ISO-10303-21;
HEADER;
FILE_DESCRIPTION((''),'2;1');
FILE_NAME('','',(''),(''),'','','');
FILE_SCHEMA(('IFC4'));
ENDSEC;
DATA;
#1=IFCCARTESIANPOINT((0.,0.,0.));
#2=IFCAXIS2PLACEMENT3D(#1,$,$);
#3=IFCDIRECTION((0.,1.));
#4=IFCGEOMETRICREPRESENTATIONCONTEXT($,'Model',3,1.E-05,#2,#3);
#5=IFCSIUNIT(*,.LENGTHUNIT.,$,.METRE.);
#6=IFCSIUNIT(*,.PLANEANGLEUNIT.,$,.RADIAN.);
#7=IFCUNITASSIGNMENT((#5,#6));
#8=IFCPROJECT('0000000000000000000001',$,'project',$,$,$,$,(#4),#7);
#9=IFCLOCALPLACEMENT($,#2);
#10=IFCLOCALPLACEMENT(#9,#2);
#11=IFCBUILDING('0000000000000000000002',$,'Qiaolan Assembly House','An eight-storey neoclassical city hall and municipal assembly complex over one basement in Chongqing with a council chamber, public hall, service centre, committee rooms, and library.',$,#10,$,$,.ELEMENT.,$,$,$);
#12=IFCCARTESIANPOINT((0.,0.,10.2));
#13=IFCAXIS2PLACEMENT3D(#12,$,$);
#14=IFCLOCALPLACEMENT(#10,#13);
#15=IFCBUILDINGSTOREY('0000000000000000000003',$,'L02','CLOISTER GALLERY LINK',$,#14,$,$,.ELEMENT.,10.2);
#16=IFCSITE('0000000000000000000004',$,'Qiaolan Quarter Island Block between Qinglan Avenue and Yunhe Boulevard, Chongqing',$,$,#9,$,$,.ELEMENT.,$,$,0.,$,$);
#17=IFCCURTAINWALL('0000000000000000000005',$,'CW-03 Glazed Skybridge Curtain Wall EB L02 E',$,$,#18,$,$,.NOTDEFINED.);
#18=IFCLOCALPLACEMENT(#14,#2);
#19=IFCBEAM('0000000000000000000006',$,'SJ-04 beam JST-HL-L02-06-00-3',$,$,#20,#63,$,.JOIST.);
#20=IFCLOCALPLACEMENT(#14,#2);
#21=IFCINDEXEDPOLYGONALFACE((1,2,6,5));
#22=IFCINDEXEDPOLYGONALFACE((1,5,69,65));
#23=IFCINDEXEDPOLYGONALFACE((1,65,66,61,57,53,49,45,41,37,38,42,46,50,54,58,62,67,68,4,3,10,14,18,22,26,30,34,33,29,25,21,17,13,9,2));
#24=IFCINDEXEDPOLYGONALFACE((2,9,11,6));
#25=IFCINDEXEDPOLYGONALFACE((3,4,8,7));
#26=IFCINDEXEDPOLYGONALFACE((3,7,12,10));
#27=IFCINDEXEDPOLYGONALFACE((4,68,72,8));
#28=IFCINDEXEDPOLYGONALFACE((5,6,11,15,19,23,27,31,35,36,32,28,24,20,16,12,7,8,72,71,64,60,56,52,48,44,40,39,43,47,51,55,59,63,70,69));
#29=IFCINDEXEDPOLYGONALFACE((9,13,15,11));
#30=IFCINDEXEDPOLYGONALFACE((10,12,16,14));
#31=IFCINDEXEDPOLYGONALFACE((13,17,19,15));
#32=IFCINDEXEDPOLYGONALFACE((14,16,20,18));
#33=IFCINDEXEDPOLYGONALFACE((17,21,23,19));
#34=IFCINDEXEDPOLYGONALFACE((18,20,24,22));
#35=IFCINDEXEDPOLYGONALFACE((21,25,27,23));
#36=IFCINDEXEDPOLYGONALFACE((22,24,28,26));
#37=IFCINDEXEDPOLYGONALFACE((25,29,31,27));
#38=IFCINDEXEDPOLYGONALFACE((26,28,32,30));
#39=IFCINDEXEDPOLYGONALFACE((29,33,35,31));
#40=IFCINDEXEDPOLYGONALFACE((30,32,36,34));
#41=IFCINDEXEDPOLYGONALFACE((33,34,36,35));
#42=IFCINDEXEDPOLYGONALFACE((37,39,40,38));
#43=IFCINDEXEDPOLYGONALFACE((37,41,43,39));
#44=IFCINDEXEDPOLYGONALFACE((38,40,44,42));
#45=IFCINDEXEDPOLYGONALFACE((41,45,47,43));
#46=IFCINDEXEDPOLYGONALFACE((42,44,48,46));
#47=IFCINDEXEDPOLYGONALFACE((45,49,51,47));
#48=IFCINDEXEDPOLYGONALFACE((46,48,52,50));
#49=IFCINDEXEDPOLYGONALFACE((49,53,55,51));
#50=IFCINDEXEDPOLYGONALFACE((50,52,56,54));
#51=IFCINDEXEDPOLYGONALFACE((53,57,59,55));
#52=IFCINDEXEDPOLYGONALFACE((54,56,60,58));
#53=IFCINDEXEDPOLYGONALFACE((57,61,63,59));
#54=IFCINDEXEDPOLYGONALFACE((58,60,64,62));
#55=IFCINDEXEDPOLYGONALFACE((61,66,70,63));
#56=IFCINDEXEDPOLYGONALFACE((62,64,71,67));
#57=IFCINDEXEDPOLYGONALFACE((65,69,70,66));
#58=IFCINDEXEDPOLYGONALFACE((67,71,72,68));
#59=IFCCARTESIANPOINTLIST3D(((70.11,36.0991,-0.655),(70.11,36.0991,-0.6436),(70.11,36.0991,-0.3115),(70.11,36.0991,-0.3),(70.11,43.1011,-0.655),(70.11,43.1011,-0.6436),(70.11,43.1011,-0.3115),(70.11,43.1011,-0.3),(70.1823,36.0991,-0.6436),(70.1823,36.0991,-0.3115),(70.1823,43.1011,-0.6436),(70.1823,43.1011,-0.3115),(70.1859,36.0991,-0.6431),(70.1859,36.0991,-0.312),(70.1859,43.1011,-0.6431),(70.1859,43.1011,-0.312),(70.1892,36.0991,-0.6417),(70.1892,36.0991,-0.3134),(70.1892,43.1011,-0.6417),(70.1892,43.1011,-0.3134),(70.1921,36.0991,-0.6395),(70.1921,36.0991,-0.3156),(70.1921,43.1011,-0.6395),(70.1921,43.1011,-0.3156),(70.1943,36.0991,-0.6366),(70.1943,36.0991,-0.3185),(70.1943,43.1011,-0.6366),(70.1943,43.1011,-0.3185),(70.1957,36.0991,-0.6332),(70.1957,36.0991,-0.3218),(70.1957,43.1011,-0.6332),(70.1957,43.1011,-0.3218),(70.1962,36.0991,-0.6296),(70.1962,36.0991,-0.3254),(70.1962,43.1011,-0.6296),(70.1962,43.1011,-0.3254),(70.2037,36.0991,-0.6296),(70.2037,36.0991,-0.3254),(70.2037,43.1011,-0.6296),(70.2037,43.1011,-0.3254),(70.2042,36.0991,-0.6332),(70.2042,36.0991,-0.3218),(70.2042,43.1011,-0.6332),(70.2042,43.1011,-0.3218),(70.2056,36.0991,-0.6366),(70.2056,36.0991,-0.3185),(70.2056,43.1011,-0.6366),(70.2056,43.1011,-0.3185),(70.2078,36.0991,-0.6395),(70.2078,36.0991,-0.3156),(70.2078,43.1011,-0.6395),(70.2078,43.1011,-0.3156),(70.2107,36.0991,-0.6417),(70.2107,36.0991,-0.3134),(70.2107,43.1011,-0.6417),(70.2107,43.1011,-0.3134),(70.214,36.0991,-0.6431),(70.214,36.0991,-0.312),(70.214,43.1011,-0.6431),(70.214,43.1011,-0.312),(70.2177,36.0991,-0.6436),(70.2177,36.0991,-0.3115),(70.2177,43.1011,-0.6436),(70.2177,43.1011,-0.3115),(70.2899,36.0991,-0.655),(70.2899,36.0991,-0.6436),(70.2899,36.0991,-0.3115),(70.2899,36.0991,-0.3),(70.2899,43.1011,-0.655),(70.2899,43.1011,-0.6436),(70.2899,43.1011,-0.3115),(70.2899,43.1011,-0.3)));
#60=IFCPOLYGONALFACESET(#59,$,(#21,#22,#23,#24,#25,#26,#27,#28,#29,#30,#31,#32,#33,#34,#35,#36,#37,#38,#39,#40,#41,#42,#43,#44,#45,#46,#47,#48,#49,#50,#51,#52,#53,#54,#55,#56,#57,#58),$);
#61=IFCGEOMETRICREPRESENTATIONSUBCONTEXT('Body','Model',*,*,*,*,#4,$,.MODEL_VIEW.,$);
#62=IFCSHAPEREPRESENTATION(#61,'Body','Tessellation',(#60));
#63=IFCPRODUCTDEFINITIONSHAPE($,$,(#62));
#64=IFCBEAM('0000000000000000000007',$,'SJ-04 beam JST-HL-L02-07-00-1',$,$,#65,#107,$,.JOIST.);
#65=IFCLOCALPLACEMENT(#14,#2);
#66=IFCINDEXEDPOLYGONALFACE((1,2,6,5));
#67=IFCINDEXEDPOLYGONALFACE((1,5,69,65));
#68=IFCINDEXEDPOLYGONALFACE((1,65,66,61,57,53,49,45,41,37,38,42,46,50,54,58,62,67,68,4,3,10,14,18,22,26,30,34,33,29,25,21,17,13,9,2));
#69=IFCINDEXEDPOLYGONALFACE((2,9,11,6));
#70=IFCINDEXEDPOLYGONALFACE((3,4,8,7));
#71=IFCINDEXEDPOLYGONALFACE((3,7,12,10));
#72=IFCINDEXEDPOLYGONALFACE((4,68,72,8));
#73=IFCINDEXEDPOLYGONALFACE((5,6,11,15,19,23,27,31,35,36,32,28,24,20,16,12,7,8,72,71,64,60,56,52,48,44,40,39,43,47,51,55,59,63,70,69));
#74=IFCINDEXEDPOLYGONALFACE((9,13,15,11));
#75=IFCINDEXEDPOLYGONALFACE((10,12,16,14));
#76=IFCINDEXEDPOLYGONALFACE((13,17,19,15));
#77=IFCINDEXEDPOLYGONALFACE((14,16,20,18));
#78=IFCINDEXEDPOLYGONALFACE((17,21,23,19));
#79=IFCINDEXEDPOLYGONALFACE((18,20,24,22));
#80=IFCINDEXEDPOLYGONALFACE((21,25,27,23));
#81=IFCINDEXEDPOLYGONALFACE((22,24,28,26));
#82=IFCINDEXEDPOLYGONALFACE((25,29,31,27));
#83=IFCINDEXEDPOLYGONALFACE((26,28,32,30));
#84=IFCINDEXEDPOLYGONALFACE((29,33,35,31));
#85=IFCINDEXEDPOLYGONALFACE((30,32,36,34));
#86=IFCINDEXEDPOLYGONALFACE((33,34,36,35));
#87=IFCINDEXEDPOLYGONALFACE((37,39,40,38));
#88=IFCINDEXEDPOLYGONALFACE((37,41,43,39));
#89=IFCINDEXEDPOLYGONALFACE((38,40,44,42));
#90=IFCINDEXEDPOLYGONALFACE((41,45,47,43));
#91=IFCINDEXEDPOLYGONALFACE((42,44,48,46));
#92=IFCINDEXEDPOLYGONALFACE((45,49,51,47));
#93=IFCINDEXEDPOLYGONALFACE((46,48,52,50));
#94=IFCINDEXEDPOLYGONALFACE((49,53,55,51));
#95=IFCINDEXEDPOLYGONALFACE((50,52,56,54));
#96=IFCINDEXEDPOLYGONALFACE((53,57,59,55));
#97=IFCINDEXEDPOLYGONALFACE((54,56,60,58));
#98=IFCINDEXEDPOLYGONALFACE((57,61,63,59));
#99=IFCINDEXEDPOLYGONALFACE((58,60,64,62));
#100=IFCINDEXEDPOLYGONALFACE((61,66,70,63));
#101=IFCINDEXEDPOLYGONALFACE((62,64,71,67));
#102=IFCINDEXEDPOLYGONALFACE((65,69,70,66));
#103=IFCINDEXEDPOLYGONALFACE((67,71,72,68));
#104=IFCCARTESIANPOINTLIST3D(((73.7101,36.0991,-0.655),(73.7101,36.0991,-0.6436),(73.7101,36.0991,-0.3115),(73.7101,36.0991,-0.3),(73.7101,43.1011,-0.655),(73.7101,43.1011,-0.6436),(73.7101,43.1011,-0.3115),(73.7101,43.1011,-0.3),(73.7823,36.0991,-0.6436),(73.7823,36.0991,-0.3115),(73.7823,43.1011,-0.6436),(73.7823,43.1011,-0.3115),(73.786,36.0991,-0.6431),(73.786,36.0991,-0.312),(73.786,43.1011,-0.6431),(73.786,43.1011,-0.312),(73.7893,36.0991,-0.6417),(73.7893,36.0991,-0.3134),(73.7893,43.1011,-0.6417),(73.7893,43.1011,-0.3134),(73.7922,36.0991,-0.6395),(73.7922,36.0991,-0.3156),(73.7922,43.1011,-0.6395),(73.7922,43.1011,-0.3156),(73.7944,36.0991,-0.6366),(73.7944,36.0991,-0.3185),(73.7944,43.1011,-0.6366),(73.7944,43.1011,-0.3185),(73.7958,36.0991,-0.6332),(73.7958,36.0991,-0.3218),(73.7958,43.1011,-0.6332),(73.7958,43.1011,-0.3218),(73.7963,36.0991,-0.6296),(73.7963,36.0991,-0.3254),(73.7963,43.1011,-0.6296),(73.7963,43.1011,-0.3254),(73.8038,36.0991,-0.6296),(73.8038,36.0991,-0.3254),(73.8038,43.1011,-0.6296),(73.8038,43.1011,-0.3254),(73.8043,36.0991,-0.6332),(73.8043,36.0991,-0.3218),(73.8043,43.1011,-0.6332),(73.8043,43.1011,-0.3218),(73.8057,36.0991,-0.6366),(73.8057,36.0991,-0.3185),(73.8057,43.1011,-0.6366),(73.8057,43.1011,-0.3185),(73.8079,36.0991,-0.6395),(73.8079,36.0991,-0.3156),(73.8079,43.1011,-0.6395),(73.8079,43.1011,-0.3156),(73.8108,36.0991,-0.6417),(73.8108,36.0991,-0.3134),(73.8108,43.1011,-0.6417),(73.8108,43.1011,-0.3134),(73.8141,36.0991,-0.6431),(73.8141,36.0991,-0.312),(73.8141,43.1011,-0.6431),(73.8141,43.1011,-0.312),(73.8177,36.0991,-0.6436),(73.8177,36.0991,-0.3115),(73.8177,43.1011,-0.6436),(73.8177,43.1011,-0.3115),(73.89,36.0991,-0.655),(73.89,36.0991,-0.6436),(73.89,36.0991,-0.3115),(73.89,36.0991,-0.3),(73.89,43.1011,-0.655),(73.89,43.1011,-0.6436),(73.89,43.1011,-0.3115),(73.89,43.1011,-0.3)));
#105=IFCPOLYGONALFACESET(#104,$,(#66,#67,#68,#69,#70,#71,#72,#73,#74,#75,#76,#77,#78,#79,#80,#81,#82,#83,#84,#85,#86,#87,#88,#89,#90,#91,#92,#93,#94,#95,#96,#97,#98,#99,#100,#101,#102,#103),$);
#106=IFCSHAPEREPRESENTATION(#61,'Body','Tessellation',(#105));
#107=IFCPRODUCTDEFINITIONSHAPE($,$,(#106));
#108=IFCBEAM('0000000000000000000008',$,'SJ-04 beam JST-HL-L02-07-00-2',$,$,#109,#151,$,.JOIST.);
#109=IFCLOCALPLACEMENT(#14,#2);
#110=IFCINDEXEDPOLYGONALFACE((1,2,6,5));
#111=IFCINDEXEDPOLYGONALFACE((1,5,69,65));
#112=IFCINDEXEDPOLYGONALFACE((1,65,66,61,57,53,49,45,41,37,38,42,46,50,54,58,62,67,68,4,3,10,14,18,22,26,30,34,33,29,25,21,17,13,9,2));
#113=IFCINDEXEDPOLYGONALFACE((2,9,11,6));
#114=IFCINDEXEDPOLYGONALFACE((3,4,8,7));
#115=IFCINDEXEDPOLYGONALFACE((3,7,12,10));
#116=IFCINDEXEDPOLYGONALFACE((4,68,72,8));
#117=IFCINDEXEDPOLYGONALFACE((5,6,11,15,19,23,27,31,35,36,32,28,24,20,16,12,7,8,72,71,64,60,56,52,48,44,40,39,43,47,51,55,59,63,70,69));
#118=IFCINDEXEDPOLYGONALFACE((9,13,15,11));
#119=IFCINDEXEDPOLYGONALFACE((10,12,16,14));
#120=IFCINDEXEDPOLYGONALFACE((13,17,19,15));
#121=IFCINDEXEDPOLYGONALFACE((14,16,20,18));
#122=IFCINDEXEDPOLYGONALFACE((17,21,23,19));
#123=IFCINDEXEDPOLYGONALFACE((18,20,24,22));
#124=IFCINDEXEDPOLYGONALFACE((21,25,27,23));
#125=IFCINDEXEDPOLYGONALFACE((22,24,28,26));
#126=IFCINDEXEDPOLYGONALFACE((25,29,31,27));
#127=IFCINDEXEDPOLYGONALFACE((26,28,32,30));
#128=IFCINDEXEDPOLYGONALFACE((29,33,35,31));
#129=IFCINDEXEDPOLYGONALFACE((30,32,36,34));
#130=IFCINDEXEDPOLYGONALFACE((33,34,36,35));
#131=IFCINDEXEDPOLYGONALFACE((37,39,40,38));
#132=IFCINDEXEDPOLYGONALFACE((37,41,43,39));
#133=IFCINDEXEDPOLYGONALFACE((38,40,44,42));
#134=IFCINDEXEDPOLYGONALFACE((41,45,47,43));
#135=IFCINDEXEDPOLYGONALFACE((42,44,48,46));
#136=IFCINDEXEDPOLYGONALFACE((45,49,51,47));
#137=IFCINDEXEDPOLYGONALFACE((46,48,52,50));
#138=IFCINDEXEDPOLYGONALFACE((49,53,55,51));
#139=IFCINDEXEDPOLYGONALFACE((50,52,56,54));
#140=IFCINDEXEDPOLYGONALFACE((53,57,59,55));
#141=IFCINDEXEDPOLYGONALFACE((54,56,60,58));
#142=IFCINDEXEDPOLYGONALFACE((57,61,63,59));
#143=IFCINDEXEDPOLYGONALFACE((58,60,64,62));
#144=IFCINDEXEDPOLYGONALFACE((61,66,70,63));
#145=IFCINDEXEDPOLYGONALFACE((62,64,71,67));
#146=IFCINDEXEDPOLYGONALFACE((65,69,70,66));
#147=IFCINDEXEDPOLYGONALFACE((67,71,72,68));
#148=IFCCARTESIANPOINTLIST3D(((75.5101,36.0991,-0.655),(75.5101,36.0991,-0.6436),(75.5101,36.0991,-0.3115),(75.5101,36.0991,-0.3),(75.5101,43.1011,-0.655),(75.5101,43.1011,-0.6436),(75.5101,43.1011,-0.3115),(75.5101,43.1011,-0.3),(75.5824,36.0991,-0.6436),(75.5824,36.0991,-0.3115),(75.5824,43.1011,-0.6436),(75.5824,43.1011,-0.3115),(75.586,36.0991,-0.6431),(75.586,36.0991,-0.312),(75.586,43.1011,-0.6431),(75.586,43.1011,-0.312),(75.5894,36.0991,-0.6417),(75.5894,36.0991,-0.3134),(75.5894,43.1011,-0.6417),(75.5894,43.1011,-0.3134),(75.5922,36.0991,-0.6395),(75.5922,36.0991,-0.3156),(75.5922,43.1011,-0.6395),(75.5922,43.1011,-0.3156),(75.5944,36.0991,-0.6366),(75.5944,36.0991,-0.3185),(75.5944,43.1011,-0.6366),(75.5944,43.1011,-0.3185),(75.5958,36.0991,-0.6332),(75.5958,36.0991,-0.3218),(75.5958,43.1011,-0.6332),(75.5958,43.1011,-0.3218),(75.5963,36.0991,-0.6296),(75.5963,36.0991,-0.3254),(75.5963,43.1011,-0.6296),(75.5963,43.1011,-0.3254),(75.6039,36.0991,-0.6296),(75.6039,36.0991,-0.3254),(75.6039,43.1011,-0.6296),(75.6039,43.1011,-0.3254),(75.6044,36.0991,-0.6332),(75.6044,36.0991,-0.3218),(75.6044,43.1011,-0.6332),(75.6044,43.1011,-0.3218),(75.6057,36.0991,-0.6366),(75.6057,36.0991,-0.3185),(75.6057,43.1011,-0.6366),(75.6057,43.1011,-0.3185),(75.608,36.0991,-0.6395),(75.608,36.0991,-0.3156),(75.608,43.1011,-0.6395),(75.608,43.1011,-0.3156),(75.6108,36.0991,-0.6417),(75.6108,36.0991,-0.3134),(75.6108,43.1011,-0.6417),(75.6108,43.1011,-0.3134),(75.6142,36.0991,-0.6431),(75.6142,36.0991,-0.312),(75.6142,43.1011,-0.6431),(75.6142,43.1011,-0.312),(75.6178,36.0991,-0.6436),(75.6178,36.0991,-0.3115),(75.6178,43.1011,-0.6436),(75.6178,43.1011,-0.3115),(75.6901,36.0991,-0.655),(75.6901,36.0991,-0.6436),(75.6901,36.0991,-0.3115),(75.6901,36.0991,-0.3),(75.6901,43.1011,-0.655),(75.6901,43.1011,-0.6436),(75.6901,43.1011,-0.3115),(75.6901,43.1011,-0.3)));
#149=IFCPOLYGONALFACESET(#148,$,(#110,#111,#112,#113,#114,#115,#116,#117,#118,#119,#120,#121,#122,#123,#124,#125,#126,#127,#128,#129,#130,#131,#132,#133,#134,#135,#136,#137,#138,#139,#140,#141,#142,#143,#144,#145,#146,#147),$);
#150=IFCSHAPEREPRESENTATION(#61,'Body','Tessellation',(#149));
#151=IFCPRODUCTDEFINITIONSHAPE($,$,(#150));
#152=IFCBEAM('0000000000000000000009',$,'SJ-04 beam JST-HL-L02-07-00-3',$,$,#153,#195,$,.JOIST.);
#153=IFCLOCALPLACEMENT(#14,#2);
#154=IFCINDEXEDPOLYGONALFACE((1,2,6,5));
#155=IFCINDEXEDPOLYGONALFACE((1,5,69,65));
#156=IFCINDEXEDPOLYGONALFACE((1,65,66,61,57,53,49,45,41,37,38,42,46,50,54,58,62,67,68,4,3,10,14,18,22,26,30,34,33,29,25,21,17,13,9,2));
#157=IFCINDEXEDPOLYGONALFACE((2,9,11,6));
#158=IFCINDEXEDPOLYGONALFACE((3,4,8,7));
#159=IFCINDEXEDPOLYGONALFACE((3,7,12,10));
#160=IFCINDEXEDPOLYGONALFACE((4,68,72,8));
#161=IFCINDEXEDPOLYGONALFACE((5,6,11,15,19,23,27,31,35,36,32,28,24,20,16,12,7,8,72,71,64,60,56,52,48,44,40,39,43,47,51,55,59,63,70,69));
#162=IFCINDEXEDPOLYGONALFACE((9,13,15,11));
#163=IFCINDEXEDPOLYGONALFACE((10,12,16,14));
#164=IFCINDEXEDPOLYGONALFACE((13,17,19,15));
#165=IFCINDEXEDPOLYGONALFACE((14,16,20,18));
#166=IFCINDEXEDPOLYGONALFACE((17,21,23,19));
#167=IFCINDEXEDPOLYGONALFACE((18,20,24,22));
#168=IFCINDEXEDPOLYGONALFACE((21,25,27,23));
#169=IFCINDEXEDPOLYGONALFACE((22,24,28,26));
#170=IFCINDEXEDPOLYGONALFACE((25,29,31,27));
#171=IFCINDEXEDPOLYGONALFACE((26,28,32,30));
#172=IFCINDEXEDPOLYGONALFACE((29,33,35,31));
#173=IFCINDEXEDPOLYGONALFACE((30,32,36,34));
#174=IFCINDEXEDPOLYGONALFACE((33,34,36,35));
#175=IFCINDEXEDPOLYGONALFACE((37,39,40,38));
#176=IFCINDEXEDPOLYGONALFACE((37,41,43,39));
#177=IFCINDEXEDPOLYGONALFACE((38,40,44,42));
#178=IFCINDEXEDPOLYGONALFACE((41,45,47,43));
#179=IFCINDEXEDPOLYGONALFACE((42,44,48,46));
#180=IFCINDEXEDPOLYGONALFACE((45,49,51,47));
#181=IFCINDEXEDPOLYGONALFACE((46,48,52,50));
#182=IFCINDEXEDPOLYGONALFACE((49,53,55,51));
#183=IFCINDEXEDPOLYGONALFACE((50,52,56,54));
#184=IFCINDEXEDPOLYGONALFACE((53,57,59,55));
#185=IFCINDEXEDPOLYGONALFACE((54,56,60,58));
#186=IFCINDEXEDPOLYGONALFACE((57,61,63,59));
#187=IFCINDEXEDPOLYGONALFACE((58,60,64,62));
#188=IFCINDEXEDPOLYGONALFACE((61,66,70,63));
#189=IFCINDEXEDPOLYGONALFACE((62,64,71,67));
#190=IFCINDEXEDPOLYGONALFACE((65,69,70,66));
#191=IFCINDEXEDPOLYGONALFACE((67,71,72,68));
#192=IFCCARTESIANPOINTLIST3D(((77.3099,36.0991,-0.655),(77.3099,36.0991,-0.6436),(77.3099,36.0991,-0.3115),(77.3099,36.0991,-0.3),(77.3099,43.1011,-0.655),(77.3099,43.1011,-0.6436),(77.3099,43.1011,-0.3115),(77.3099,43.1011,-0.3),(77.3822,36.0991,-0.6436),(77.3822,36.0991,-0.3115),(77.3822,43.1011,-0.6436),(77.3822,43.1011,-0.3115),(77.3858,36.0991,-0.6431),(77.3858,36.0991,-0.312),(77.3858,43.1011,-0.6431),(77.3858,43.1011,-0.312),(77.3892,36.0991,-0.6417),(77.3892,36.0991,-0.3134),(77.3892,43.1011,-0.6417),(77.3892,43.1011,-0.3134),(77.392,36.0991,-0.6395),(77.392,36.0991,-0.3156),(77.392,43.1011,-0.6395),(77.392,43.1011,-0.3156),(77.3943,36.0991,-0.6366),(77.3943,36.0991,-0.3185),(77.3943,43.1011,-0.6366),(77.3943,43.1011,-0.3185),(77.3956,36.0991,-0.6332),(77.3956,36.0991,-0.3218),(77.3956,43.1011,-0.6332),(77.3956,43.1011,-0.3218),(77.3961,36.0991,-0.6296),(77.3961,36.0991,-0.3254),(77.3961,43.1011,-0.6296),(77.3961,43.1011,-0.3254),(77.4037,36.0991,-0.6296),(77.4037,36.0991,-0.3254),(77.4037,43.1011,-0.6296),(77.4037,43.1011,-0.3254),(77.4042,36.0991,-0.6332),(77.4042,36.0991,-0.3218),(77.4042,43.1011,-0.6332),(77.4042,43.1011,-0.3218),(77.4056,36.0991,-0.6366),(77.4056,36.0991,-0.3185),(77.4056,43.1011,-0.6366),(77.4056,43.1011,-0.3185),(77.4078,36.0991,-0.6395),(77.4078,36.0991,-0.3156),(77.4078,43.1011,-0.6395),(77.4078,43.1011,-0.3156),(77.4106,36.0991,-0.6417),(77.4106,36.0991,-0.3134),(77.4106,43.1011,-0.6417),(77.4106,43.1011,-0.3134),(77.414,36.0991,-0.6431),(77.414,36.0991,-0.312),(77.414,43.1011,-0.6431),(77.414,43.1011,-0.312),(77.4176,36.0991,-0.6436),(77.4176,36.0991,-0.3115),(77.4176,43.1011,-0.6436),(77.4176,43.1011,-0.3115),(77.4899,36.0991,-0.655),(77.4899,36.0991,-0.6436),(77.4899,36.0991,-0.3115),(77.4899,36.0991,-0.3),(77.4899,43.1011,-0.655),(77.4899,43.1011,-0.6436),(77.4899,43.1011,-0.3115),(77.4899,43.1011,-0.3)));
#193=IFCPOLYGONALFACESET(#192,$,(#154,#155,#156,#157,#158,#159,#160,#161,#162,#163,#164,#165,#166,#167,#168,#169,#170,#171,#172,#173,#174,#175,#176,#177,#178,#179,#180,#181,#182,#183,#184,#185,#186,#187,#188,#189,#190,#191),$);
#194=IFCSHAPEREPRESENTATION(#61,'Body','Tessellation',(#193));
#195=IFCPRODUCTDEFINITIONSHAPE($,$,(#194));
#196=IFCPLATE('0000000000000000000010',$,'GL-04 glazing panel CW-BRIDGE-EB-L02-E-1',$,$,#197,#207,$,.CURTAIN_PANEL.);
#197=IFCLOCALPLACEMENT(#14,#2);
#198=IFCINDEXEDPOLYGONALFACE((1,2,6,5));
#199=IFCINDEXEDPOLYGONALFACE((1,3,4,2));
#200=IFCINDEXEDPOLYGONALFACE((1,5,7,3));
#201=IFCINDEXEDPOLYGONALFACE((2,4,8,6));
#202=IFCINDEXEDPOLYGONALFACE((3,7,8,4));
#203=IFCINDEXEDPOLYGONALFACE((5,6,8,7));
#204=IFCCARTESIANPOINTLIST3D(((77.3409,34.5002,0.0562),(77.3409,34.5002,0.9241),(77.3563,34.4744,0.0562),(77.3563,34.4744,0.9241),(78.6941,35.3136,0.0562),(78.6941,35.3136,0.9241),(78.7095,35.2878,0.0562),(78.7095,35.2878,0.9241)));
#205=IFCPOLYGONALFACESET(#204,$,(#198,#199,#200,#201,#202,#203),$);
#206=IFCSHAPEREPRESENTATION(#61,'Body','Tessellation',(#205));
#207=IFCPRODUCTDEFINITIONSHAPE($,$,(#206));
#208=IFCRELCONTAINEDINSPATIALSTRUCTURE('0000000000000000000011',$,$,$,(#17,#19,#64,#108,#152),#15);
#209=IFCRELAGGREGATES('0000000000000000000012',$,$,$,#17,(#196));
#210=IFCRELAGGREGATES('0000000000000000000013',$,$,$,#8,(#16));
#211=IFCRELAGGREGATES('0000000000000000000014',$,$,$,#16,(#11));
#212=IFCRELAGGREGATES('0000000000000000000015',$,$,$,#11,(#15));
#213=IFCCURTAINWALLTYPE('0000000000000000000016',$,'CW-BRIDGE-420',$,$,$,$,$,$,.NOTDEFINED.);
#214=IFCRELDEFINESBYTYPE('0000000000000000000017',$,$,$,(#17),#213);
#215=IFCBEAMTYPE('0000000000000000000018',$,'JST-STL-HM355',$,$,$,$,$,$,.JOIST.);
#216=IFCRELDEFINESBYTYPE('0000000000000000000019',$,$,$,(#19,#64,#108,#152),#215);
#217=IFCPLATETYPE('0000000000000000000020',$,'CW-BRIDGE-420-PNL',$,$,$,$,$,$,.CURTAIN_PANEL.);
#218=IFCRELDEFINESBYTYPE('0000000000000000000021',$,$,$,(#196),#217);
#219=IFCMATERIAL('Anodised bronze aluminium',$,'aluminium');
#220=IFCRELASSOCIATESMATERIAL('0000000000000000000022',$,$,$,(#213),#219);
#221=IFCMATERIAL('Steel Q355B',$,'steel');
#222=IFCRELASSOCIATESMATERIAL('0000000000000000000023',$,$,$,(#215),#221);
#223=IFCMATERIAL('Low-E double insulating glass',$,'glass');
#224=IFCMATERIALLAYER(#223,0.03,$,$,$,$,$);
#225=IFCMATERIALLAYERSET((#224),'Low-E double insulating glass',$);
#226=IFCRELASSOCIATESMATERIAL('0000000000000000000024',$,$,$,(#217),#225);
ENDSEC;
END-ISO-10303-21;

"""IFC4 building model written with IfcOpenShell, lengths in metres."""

from ifc_helpers import new_model, si_unit, direction, frame, frame_2d, origin, origin_2d, place, context, subcontext, project, spatial, rectangle, i_section, extrude, material, layer, layer_set, material_profile, profile_set, type_object, element, aggregate, save


model = new_model("IFC4")

# Units and contexts
model_context = context("Model", 3, precision=1e-05, world=origin(), true_north=direction((0.0, 1.0)))
body_context = subcontext(model_context, "Body", "Model", "MODEL_VIEW")
ifc_project = project(units=[si_unit("LENGTHUNIT", "METRE"), si_unit("PLANEANGLEUNIT", "RADIAN")], contexts=[model_context])

# Site, building, storey
site_placement = place(None, origin())
site = spatial("IfcSite", under=ifc_project, at=site_placement, Name="Qiaolan Quarter Island Block between Qinglan Avenue and Yunhe Boulevard, Chongqing", CompositionType="ELEMENT", RefElevation=0.0)
building_placement = place(site_placement, origin())
building = spatial("IfcBuilding", under=site, at=building_placement, Name="Qiaolan Assembly House", Description="An eight-storey neoclassical city hall and municipal assembly complex over one basement in Chongqing with a council chamber, public hall, service centre, committee rooms, and library.", CompositionType="ELEMENT")
storey_placement = place(building_placement, frame((0.0, 0.0, 10.2)))
storey = spatial("IfcBuildingStorey", under=building, at=storey_placement, Name="L02", Description="CLOISTER GALLERY LINK", CompositionType="ELEMENT", Elevation=10.2)

# Shared definitions
ifc_material_1 = material(Name="Steel Q355B", Category="steel")

# Shared definitions
ifc_material_2 = material(Name="Anodised bronze aluminium", Category="aluminium")
curtain_wall_type_1 = type_object("IfcCurtainWallType", Name="CW-BRIDGE-420", PredefinedType="NOTDEFINED", material=ifc_material_2)

# Curtain wall
curtain_wall_1_placement = place(storey_placement, origin())
curtain_wall_1 = element("IfcCurtainWall", 1, at=curtain_wall_1_placement, inside=storey, type_object=curtain_wall_type_1, Name="CW-03 Glazed Skybridge Curtain Wall EB L02 E", PredefinedType="NOTDEFINED")

# Beams
ifc_material_profile_1 = material_profile(ifc_material_1, i_section(OverallWidth=0.1799, OverallDepth=0.355, WebThickness=0.0076, FlangeThickness=0.0115, FilletRadius=0.0139, at=origin_2d()), Name="HM 355x180x7.5x11.5")
ifc_profile_set_1 = profile_set([ifc_material_profile_1], Name="Steel Q355B")
beam_type_1 = type_object("IfcBeamType", Name="JST-STL-HM355", PredefinedType="JOIST", material=ifc_profile_set_1)
for number, where, z_axis, x_axis, name in (
    (2, (70.2, 36.0991, -0.4775), (0.0, 1.0, 0.0), (-1.0, 0.0, 0.0), "SJ-04 beam JST-HL-L02-06-00-3"),
    (3, (73.8, 36.0991, -0.4775), (0.0, 1.0, 0.0), (-1.0, 0.0, 0.0), "SJ-04 beam JST-HL-L02-07-00-1"),
    (4, (75.6001, 36.0991, -0.4775), (0.0, 1.0, 0.0), (-1.0, 0.0, 0.0), "SJ-04 beam JST-HL-L02-07-00-2"),
    (5, (77.3999, 36.0991, -0.4775), (0.0, 1.0, 0.0), (-1.0, 0.0, 0.0), "SJ-04 beam JST-HL-L02-07-00-3"),
):
    element("IfcBeam", number, at=place(storey_placement, frame(where, z_axis=z_axis, x_axis=x_axis)), inside=storey, type_object=beam_type_1, Name=name, PredefinedType="JOIST", context=body_context, shape_type="SweptSolid", body=[
        extrude(i_section(OverallWidth=0.1799, OverallDepth=0.355, WebThickness=0.0076, FlangeThickness=0.0115, FilletRadius=0.0139, at=origin_2d()), origin(), (0.0, 0.0, 1.0), 7.002),
    ])

# Plate
ifc_material_3 = material(Name="Low-E double insulating glass", Category="glass")
ifc_layer_1 = layer(ifc_material_3, 0.03)
ifc_layer_set_1 = layer_set([ifc_layer_1], Name="Low-E double insulating glass")
plate_type_1 = type_object("IfcPlateType", Name="CW-BRIDGE-420-PNL", PredefinedType="CURTAIN_PANEL", material=ifc_layer_set_1)
plate_1_placement = place(storey_placement, frame((78.7019, 35.3008, 0.0562), z_axis=(0.0, 0.0, 1.0), x_axis=(-0.85707, -0.5152, 0.0)))
plate_1 = element("IfcPlate", 6, at=plate_1_placement, type_object=plate_type_1, Name="GL-04 glazing panel CW-BRIDGE-EB-L02-E-1", PredefinedType="CURTAIN_PANEL", context=body_context, shape_type="SweptSolid", body=[
    extrude(rectangle(XDim=1.5789, YDim=0.03, at=frame_2d((0.7896, 0.0))), origin(), (0.0, 0.0, 1.0), 0.8679),
])
aggregate(curtain_wall_1, [plate_1])

save(model, "model.ifc")
